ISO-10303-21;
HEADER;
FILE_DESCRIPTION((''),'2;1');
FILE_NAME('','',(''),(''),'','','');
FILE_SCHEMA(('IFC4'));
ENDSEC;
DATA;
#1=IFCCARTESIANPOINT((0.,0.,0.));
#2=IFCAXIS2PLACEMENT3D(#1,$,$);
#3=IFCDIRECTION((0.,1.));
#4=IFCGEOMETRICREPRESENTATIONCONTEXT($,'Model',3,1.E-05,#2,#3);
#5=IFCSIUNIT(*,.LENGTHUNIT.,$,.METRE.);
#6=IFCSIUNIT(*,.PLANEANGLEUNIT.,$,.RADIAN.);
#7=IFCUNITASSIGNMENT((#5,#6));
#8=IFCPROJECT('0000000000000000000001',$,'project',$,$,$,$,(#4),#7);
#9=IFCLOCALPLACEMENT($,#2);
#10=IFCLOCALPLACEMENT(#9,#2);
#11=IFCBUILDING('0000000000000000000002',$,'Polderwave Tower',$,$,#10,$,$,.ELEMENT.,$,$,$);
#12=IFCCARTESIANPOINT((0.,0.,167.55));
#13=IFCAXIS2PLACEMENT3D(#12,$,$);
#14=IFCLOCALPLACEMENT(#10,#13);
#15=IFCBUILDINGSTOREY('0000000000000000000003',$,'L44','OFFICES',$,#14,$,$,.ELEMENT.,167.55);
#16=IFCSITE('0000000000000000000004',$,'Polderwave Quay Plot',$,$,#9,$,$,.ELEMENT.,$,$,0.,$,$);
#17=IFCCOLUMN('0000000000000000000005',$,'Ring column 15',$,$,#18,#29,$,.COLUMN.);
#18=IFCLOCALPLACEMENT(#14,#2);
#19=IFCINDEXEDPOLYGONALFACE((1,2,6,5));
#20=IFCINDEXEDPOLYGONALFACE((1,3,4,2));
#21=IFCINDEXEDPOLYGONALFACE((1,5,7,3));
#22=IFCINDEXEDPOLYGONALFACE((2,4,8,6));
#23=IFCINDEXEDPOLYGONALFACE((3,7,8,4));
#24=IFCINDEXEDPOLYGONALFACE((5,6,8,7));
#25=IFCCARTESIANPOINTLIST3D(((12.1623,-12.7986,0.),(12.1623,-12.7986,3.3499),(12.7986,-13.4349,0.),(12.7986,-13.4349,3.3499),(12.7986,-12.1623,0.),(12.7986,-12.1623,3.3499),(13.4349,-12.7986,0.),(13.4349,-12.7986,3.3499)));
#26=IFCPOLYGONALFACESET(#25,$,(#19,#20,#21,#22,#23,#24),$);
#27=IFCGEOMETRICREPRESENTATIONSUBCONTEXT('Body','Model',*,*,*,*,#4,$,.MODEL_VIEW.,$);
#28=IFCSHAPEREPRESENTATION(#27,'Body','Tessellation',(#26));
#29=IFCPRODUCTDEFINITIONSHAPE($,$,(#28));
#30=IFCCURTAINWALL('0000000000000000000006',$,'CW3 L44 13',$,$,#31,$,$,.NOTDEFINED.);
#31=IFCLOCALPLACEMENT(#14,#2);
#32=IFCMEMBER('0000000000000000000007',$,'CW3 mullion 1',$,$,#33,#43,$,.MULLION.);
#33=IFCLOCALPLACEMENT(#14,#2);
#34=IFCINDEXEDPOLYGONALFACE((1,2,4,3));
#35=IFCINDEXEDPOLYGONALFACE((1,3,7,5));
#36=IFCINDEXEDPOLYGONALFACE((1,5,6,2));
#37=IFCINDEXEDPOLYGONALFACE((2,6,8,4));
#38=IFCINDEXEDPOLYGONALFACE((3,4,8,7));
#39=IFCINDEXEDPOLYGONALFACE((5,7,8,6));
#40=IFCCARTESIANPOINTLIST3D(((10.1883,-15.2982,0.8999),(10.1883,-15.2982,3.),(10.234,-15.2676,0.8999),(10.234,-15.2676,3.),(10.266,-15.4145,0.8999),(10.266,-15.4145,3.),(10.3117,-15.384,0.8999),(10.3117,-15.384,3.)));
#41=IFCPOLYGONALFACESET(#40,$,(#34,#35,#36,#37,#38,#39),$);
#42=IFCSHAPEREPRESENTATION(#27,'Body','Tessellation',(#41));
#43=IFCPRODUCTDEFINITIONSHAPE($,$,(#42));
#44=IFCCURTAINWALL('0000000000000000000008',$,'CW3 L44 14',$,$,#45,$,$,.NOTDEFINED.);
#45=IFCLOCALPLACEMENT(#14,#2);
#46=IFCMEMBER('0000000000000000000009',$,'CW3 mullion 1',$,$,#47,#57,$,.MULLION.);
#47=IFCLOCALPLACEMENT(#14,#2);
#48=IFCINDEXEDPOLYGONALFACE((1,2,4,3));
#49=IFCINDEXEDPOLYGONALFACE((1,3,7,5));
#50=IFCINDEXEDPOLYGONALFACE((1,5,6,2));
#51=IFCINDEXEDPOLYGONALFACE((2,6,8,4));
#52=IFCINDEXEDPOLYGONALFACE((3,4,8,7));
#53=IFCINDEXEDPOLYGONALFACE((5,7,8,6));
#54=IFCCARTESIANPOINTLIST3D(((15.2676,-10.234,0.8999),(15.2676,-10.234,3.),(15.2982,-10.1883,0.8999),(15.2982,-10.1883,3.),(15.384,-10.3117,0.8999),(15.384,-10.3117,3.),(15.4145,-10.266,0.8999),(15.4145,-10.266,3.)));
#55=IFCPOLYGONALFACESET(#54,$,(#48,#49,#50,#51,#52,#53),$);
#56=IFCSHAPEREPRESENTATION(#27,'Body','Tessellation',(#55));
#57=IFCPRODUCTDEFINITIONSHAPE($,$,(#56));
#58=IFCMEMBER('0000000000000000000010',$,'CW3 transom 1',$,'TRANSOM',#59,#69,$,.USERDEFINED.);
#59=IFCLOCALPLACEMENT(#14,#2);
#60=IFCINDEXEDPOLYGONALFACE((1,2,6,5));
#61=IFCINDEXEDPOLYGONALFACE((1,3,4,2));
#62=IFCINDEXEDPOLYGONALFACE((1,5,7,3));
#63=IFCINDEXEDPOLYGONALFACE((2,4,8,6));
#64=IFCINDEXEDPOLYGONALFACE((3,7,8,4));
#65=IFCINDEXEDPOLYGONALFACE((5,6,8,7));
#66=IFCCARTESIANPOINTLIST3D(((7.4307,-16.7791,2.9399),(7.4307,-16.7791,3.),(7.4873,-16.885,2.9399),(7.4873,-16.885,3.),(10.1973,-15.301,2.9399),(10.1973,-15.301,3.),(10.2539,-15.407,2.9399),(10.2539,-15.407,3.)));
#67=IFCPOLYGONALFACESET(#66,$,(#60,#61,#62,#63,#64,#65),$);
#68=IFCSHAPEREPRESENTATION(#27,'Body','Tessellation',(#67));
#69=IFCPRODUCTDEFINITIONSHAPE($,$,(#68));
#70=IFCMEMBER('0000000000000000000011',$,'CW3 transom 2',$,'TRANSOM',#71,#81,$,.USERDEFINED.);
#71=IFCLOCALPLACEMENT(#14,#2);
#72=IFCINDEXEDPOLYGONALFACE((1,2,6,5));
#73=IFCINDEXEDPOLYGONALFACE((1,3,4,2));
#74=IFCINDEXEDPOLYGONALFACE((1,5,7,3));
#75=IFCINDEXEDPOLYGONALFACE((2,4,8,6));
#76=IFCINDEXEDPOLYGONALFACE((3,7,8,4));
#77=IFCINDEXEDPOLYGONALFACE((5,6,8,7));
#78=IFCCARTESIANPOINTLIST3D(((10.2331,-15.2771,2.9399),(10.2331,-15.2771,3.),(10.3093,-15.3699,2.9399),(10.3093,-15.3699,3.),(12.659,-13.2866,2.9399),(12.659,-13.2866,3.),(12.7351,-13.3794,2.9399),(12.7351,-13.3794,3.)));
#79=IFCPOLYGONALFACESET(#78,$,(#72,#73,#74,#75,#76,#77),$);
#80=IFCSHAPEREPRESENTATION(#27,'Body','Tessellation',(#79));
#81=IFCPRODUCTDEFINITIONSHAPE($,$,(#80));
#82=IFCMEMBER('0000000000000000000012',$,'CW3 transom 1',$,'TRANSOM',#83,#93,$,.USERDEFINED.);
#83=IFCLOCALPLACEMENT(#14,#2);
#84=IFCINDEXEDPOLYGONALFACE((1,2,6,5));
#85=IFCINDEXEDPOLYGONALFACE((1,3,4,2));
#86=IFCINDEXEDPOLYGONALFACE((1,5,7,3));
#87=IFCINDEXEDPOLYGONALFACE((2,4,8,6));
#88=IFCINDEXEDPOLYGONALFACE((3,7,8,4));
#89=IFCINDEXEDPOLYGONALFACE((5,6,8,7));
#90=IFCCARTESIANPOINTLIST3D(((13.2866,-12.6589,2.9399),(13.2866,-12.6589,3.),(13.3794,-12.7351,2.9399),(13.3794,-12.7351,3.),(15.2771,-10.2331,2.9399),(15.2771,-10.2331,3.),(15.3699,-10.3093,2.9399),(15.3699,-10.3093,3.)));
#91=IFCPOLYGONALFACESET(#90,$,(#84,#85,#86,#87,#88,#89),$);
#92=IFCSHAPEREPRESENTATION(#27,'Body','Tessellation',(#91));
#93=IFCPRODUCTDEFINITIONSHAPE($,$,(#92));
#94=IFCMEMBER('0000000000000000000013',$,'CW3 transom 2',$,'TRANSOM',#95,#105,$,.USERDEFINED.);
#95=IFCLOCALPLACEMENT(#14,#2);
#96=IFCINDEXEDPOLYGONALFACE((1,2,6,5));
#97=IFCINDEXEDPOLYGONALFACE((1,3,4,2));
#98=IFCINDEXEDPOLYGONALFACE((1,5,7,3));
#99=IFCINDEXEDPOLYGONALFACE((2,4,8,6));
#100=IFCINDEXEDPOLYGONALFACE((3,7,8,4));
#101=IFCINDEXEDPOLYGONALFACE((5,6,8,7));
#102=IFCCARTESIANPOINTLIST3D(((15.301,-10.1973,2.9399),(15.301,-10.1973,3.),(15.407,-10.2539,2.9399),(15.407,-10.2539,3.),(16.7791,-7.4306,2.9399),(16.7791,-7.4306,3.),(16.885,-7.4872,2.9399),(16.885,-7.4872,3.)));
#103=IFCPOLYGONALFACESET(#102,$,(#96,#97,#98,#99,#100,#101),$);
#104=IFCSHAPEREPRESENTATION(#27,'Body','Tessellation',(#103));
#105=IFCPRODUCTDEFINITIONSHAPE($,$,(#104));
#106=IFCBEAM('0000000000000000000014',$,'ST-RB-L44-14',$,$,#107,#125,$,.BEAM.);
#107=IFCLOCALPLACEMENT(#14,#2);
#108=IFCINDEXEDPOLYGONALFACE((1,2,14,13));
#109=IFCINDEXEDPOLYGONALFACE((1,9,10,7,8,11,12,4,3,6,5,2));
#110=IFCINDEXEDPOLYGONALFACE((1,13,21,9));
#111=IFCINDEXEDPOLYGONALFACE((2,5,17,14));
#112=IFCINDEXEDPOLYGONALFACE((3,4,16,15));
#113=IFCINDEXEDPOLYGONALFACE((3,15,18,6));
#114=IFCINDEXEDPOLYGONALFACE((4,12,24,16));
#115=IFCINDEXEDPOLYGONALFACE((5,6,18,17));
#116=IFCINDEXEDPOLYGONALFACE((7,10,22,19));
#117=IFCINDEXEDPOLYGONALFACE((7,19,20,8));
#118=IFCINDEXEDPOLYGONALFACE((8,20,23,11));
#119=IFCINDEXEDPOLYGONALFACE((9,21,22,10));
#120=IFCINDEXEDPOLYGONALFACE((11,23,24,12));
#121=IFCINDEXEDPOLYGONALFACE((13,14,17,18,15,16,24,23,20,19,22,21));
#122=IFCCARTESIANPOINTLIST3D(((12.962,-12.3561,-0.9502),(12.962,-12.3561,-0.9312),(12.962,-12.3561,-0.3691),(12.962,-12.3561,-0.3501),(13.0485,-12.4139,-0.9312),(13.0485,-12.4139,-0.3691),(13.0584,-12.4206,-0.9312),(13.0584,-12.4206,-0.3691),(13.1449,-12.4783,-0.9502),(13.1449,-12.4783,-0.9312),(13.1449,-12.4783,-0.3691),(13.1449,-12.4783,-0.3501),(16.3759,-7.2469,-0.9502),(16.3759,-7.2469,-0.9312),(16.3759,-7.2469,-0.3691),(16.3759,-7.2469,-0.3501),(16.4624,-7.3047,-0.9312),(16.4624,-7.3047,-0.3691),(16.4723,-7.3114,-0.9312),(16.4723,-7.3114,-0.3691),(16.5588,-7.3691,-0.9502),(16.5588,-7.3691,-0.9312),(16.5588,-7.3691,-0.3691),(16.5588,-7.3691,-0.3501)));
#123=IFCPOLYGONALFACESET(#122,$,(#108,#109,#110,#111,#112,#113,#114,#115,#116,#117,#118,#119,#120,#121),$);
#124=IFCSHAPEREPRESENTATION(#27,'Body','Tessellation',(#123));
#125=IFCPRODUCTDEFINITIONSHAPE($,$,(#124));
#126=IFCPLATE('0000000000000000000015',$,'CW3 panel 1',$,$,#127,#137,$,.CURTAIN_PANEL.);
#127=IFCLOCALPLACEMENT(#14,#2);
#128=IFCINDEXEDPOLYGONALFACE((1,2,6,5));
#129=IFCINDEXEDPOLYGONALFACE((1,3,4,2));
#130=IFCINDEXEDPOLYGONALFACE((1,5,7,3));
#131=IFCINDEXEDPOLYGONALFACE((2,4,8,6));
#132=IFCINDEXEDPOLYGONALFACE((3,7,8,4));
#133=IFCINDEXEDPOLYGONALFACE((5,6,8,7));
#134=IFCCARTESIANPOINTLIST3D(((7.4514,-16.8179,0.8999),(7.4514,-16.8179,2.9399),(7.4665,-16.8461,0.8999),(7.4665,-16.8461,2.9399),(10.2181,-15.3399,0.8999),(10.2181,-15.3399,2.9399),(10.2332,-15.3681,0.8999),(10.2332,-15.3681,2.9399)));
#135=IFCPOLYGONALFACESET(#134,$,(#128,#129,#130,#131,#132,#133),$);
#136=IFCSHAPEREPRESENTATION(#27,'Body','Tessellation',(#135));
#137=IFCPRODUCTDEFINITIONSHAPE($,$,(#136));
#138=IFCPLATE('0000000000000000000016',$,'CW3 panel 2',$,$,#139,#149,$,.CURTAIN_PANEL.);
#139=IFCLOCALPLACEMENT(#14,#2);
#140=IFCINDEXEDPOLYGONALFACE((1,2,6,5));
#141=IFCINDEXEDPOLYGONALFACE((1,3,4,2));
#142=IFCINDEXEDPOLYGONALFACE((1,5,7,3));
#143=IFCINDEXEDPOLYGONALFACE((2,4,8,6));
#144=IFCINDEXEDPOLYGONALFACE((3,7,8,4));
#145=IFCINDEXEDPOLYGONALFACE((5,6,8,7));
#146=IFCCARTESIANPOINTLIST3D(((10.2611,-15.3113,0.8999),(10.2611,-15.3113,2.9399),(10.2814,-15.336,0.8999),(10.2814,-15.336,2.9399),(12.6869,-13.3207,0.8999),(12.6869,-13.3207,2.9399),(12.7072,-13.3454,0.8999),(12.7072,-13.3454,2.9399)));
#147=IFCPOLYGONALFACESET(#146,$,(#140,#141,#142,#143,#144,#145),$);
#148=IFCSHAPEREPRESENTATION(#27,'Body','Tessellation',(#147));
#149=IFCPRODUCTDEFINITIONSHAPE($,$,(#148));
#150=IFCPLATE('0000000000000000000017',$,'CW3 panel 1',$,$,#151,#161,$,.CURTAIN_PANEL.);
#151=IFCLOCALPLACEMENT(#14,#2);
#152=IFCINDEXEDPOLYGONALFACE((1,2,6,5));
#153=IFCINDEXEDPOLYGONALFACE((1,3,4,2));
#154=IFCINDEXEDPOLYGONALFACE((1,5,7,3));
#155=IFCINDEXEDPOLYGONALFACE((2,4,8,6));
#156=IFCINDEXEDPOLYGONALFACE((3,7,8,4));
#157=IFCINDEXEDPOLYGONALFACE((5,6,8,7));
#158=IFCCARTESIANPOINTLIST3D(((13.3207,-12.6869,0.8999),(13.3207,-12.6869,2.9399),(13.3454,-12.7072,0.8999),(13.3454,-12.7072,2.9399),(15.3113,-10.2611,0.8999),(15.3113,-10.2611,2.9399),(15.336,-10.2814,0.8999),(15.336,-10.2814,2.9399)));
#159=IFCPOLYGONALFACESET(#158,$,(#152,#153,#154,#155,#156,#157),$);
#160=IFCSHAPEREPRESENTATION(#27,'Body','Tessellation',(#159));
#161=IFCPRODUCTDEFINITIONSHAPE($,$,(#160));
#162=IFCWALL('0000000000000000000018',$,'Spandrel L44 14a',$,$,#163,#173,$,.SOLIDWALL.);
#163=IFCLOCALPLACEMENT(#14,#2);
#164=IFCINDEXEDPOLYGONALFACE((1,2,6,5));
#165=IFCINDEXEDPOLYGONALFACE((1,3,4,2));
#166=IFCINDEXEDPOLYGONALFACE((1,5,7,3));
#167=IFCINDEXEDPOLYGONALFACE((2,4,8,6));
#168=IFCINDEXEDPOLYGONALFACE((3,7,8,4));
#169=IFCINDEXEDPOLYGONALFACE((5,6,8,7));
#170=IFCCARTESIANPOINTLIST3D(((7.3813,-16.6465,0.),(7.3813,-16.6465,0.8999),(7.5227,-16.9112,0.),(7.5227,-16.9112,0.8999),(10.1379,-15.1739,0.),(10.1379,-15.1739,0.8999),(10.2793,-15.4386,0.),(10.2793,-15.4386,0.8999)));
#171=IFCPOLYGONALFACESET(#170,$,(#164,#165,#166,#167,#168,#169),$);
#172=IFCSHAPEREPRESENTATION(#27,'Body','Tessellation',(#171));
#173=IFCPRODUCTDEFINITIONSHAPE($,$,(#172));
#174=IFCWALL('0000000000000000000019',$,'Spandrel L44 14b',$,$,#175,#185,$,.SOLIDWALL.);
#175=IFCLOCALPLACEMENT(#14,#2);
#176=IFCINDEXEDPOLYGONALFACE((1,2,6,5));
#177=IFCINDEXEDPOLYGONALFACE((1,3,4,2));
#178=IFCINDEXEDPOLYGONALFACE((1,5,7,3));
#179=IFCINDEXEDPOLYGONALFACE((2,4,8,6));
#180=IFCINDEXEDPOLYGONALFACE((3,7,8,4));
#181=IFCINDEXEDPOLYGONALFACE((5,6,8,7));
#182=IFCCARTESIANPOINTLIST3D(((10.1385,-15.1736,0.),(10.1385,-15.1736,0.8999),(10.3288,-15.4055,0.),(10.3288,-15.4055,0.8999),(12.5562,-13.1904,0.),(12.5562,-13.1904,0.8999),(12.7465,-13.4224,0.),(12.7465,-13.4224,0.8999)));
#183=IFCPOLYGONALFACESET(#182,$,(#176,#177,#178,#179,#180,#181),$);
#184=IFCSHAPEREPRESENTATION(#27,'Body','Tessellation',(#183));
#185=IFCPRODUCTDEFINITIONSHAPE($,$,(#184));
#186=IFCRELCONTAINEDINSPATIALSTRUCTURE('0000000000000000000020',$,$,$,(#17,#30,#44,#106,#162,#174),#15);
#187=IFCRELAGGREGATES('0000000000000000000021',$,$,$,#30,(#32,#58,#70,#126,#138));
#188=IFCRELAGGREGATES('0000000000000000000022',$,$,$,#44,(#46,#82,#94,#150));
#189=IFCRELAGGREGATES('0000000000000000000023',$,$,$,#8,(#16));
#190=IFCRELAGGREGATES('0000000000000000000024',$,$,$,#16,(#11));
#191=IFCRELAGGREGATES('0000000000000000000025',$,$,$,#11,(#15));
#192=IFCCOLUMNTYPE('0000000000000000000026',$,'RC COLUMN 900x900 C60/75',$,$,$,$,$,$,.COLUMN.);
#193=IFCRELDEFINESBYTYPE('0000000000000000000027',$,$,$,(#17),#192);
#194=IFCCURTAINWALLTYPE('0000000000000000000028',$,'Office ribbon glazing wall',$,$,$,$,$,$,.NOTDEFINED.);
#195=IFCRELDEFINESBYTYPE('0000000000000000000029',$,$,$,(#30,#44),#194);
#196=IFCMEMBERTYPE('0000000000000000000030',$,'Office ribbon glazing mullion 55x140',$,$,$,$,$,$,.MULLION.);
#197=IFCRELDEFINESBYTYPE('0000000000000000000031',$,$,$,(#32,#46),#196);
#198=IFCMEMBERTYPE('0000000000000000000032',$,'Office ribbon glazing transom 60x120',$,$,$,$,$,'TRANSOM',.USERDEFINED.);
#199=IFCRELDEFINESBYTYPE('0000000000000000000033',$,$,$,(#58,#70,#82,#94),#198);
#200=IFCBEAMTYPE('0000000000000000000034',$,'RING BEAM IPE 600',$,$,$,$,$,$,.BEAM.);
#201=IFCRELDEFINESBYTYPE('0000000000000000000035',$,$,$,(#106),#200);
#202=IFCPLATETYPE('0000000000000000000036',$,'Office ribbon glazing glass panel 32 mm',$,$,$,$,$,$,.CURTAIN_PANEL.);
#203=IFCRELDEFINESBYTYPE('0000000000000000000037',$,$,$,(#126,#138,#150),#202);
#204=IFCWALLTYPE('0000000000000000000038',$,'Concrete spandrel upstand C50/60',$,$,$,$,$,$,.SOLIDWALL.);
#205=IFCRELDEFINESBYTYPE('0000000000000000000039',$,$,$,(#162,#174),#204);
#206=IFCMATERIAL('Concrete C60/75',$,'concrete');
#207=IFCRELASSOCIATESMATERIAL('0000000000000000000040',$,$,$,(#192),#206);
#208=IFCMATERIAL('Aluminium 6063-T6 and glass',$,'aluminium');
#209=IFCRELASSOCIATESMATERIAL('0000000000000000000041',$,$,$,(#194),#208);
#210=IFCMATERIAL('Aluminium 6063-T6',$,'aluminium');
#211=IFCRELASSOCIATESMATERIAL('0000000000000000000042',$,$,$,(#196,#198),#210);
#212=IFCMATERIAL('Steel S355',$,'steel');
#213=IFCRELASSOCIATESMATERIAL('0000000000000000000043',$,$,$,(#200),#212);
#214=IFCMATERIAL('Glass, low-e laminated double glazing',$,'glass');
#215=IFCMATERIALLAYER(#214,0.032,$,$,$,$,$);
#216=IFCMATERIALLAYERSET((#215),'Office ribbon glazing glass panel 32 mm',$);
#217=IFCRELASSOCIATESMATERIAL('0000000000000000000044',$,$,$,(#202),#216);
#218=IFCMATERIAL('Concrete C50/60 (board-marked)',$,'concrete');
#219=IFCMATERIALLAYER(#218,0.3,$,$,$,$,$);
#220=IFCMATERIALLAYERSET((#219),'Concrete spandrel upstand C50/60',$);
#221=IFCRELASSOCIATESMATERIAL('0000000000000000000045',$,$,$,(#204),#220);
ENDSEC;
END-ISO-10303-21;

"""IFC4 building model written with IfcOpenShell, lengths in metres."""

from ifc_helpers import new_model, si_unit, direction, frame, frame_2d, origin, origin_2d, place, context, subcontext, project, spatial, rectangle, i_section, extrude, material, layer, layer_set, material_profile, profile_set, type_object, element, aggregate, save


model = new_model("IFC4")

# Units and contexts
model_context = context("Model", 3, precision=1e-05, world=origin(), true_north=direction((0.0, 1.0)))
body_context = subcontext(model_context, "Body", "Model", "MODEL_VIEW")
ifc_project = project(units=[si_unit("LENGTHUNIT", "METRE"), si_unit("PLANEANGLEUNIT", "RADIAN")], contexts=[model_context])

# Site, building, storey
site_placement = place(None, origin())
site = spatial("IfcSite", under=ifc_project, at=site_placement, Name="Polderwave Quay Plot", CompositionType="ELEMENT", RefElevation=0.0)
building_placement = place(site_placement, origin())
building = spatial("IfcBuilding", under=site, at=building_placement, Name="Polderwave Tower", CompositionType="ELEMENT")
storey_placement = place(building_placement, frame((0.0, 0.0, 167.55)))
storey = spatial("IfcBuildingStorey", under=building, at=storey_placement, Name="L44", Description="OFFICES", CompositionType="ELEMENT", Elevation=167.55)

# Column
ifc_material_1 = material(Name="Concrete C60/75", Category="concrete")
ifc_material_profile_1 = material_profile(ifc_material_1, rectangle(XDim=0.8999, YDim=0.8999, at=origin_2d()), Name="RC 900x900")
ifc_profile_set_1 = profile_set([ifc_material_profile_1], Name="Concrete C60/75")
column_type = type_object("IfcColumnType", Name="RC COLUMN 900x900 C60/75", PredefinedType="COLUMN", material=ifc_profile_set_1)
column_placement = place(storey_placement, frame((12.7986, -12.7986, 0.0), z_axis=(0.0, 0.0, 1.0), x_axis=(0.707107, -0.707107, 0.0)))
element("IfcColumn", 1, at=column_placement, inside=storey, type_object=column_type, Name="Ring column 15", PredefinedType="COLUMN", context=body_context, shape_type="SweptSolid", body=[
    extrude(rectangle(XDim=0.8999, YDim=0.8999, at=origin_2d()), origin(), (0.0, 0.0, 1.0), 3.3499),
])

# Curtain walls, members
ifc_material_2 = material(Name="Aluminium 6063-T6 and glass", Category="aluminium")
curtain_wall_type = type_object("IfcCurtainWallType", Name="Office ribbon glazing wall", PredefinedType="NOTDEFINED", material=ifc_material_2)
curtain_wall_1_placement = place(storey_placement, origin())
curtain_wall_1 = element("IfcCurtainWall", 2, at=curtain_wall_1_placement, inside=storey, type_object=curtain_wall_type, Name="CW3 L44 13", PredefinedType="NOTDEFINED")
ifc_material_3 = material(Name="Aluminium 6063-T6", Category="aluminium")
ifc_material_profile_2 = material_profile(ifc_material_3, rectangle(XDim=0.1399, YDim=0.0549, at=origin_2d()), Name="AL 55x140")
ifc_profile_set_2 = profile_set([ifc_material_profile_2], Name="Aluminium 6063-T6")
member_type_1 = type_object("IfcMemberType", Name="Office ribbon glazing mullion 55x140", PredefinedType="MULLION", material=ifc_profile_set_2)
member_1_placement = place(storey_placement, frame((10.25, -15.3411, 0.8999), z_axis=(0.0, 0.0, 1.0), x_axis=(-0.555454, 0.831547, 0.0)))
member_1 = element("IfcMember", 3, at=member_1_placement, type_object=member_type_1, Name="CW3 mullion 1", PredefinedType="MULLION", context=body_context, shape_type="SweptSolid", body=[
    extrude(rectangle(XDim=0.1399, YDim=0.0549, at=origin_2d()), origin(), (0.0, 0.0, 1.0), 2.1001),
])
curtain_wall_2_placement = place(storey_placement, origin())
curtain_wall_2 = element("IfcCurtainWall", 4, at=curtain_wall_2_placement, inside=storey, type_object=curtain_wall_type, Name="CW3 L44 14", PredefinedType="NOTDEFINED")
member_2_placement = place(storey_placement, frame((15.3411, -10.25, 0.8999), z_axis=(0.0, 0.0, 1.0), x_axis=(-0.831547, 0.555454, 0.0)))
member_2 = element("IfcMember", 5, at=member_2_placement, type_object=member_type_1, Name="CW3 mullion 1", PredefinedType="MULLION", context=body_context, shape_type="SweptSolid", body=[
    extrude(rectangle(XDim=0.1399, YDim=0.0549, at=origin_2d()), origin(), (0.0, 0.0, 1.0), 2.1001),
])

# Members
ifc_material_profile_3 = material_profile(ifc_material_3, rectangle(XDim=0.1201, YDim=0.0601, at=origin_2d()), Name="AL 60x120")
ifc_profile_set_3 = profile_set([ifc_material_profile_3], Name="Aluminium 6063-T6")
member_type_2 = type_object("IfcMemberType", Name="Office ribbon glazing transom 60x120", ElementType="TRANSOM", PredefinedType="USERDEFINED", material=ifc_profile_set_3)
member_3_placement = place(storey_placement, frame((7.459, -16.832, 2.97), z_axis=(0.882021, 0.47121, 0.0), x_axis=(-0.47121, 0.882021, 0.0)))
member_3 = element("IfcMember", 6, at=member_3_placement, type_object=member_type_2, Name="CW3 transom 1", ObjectType="TRANSOM", PredefinedType="USERDEFINED", context=body_context, shape_type="SweptSolid", body=[
    extrude(rectangle(XDim=0.1201, YDim=0.0601, at=origin_2d()), origin(), (0.0, 0.0, 1.0), 3.1367),
])
member_4_placement = place(storey_placement, frame((10.2712, -15.3235, 2.97), z_axis=(0.773059, 0.634334, 0.0), x_axis=(-0.634334, 0.773059, 0.0)))
member_4 = element("IfcMember", 7, at=member_4_placement, type_object=member_type_2, Name="CW3 transom 2", ObjectType="TRANSOM", PredefinedType="USERDEFINED", context=body_context, shape_type="SweptSolid", body=[
    extrude(rectangle(XDim=0.1201, YDim=0.0601, at=origin_2d()), origin(), (0.0, 0.0, 1.0), 3.1379),
])
member_5_placement = place(storey_placement, frame((13.333, -12.697, 2.97), z_axis=(0.634334, 0.773059, 0.0), x_axis=(-0.773059, 0.634334, 0.0)))
member_5 = element("IfcMember", 8, at=member_5_placement, type_object=member_type_2, Name="CW3 transom 1", ObjectType="TRANSOM", PredefinedType="USERDEFINED", context=body_context, shape_type="SweptSolid", body=[
    extrude(rectangle(XDim=0.1201, YDim=0.0601, at=origin_2d()), origin(), (0.0, 0.0, 1.0), 3.1379),
])
member_6_placement = place(storey_placement, frame((15.354, -10.2256, 2.97), z_axis=(0.47121, 0.882021, 0.0), x_axis=(-0.882021, 0.47121, 0.0)))
member_6 = element("IfcMember", 9, at=member_6_placement, type_object=member_type_2, Name="CW3 transom 2", ObjectType="TRANSOM", PredefinedType="USERDEFINED", context=body_context, shape_type="SweptSolid", body=[
    extrude(rectangle(XDim=0.1201, YDim=0.0601, at=origin_2d()), origin(), (0.0, 0.0, 1.0), 3.1367),
])

# Beam
ifc_material_4 = material(Name="Steel S355", Category="steel")
ifc_material_profile_4 = material_profile(ifc_material_4, i_section(OverallWidth=0.22, OverallDepth=0.6001, WebThickness=0.012, FlangeThickness=0.019, at=origin_2d()), Name="IPE 600")
ifc_profile_set_4 = profile_set([ifc_material_profile_4], Name="Steel S355")
beam_type = type_object("IfcBeamType", Name="RING BEAM IPE 600", PredefinedType="BEAM", material=ifc_profile_set_4)
beam_placement = place(storey_placement, frame((13.0535, -12.4172, -0.6501), z_axis=(0.555571, 0.831469, 0.0), x_axis=(-0.831469, 0.555571, 0.0)))
element("IfcBeam", 10, at=beam_placement, inside=storey, type_object=beam_type, Name="ST-RB-L44-14", PredefinedType="BEAM", context=body_context, shape_type="SweptSolid", body=[
    extrude(i_section(OverallWidth=0.22, OverallDepth=0.6001, WebThickness=0.012, FlangeThickness=0.019, at=origin_2d()), origin(), (0.0, 0.0, 1.0), 6.1448),
])

# Plates
ifc_material_5 = material(Name="Glass, low-e laminated double glazing", Category="glass")
ifc_layer_1 = layer(ifc_material_5, 0.032)
ifc_layer_set_1 = layer_set([ifc_layer_1], Name="Office ribbon glazing glass panel 32 mm")
plate_type = type_object("IfcPlateType", Name="Office ribbon glazing glass panel 32 mm", PredefinedType="CURTAIN_PANEL", material=ifc_layer_set_1)
plate_1_placement = place(storey_placement, frame((8.8423, -16.093, 0.8999), z_axis=(0.0, 0.0, 1.0), x_axis=(0.882029, 0.471195, 0.0)))
plate_1 = element("IfcPlate", 11, at=plate_1_placement, type_object=plate_type, Name="CW3 panel 1", PredefinedType="CURTAIN_PANEL", context=body_context, shape_type="SweptSolid", body=[
    extrude(rectangle(XDim=3.1367, YDim=0.032, at=origin_2d()), origin(), (0.0, 0.0, 1.0), 2.04),
])
plate_2_placement = place(storey_placement, frame((11.4841, -14.3284, 0.8999), z_axis=(0.0, 0.0, 1.0), x_axis=(0.773041, 0.634356, 0.0)))
plate_2 = element("IfcPlate", 12, at=plate_2_placement, type_object=plate_type, Name="CW3 panel 2", PredefinedType="CURTAIN_PANEL", context=body_context, shape_type="SweptSolid", body=[
    extrude(rectangle(XDim=3.1379, YDim=0.032, at=origin_2d()), origin(), (0.0, 0.0, 1.0), 2.04),
])
aggregate(curtain_wall_1, [member_1, member_3, member_4, plate_1, plate_2])
plate_3_placement = place(storey_placement, frame((14.3284, -11.4841, 0.8999), z_axis=(0.0, 0.0, 1.0), x_axis=(0.634356, 0.773041, 0.0)))
plate_3 = element("IfcPlate", 13, at=plate_3_placement, type_object=plate_type, Name="CW3 panel 1", PredefinedType="CURTAIN_PANEL", context=body_context, shape_type="SweptSolid", body=[
    extrude(rectangle(XDim=3.1379, YDim=0.032, at=origin_2d()), origin(), (0.0, 0.0, 1.0), 2.04),
])
aggregate(curtain_wall_2, [member_2, member_5, member_6, plate_3])

# Walls
ifc_material_6 = material(Name="Concrete C50/60 (board-marked)", Category="concrete")
ifc_layer_2 = layer(ifc_material_6, 0.3)
ifc_layer_set_2 = layer_set([ifc_layer_2], Name="Concrete spandrel upstand C50/60")
wall_type_1 = type_object("IfcWallType", Name="Concrete spandrel upstand C50/60", PredefinedType="SOLIDWALL", material=ifc_layer_set_2)
wall_1_placement = place(storey_placement, frame((7.4521, -16.7788, 0.0), z_axis=(0.0, 0.0, 1.0), x_axis=(0.882024, 0.471204, 0.0)))
element("IfcWall", 14, at=wall_1_placement, inside=storey, type_object=wall_type_1, Name="Spandrel L44 14a", PredefinedType="SOLIDWALL", context=body_context, shape_type="SweptSolid", body=[
    extrude(rectangle(XDim=3.1252, YDim=0.3, at=frame_2d((1.5625, 0.0))), origin(), (0.0, 0.0, 1.0), 0.8999),
])
for number, where, z_axis, x_axis, name in (
    (15, (10.2336, -15.2896, 0.0), (0.0, 0.0, 1.0), (0.773171, 0.634198, 0.0), "Spandrel L44 14b"),
):
    element("IfcWall", number, at=place(storey_placement, frame(where, z_axis=z_axis, x_axis=x_axis)), inside=storey, type_object=wall_type_1, Name=name, PredefinedType="SOLIDWALL", context=body_context, shape_type="SweptSolid", body=[
        extrude(rectangle(XDim=3.127, YDim=0.3, at=frame_2d((1.5635, 0.0))), origin(), (0.0, 0.0, 1.0), 0.8999),
    ])

save(model, "model.ifc")
